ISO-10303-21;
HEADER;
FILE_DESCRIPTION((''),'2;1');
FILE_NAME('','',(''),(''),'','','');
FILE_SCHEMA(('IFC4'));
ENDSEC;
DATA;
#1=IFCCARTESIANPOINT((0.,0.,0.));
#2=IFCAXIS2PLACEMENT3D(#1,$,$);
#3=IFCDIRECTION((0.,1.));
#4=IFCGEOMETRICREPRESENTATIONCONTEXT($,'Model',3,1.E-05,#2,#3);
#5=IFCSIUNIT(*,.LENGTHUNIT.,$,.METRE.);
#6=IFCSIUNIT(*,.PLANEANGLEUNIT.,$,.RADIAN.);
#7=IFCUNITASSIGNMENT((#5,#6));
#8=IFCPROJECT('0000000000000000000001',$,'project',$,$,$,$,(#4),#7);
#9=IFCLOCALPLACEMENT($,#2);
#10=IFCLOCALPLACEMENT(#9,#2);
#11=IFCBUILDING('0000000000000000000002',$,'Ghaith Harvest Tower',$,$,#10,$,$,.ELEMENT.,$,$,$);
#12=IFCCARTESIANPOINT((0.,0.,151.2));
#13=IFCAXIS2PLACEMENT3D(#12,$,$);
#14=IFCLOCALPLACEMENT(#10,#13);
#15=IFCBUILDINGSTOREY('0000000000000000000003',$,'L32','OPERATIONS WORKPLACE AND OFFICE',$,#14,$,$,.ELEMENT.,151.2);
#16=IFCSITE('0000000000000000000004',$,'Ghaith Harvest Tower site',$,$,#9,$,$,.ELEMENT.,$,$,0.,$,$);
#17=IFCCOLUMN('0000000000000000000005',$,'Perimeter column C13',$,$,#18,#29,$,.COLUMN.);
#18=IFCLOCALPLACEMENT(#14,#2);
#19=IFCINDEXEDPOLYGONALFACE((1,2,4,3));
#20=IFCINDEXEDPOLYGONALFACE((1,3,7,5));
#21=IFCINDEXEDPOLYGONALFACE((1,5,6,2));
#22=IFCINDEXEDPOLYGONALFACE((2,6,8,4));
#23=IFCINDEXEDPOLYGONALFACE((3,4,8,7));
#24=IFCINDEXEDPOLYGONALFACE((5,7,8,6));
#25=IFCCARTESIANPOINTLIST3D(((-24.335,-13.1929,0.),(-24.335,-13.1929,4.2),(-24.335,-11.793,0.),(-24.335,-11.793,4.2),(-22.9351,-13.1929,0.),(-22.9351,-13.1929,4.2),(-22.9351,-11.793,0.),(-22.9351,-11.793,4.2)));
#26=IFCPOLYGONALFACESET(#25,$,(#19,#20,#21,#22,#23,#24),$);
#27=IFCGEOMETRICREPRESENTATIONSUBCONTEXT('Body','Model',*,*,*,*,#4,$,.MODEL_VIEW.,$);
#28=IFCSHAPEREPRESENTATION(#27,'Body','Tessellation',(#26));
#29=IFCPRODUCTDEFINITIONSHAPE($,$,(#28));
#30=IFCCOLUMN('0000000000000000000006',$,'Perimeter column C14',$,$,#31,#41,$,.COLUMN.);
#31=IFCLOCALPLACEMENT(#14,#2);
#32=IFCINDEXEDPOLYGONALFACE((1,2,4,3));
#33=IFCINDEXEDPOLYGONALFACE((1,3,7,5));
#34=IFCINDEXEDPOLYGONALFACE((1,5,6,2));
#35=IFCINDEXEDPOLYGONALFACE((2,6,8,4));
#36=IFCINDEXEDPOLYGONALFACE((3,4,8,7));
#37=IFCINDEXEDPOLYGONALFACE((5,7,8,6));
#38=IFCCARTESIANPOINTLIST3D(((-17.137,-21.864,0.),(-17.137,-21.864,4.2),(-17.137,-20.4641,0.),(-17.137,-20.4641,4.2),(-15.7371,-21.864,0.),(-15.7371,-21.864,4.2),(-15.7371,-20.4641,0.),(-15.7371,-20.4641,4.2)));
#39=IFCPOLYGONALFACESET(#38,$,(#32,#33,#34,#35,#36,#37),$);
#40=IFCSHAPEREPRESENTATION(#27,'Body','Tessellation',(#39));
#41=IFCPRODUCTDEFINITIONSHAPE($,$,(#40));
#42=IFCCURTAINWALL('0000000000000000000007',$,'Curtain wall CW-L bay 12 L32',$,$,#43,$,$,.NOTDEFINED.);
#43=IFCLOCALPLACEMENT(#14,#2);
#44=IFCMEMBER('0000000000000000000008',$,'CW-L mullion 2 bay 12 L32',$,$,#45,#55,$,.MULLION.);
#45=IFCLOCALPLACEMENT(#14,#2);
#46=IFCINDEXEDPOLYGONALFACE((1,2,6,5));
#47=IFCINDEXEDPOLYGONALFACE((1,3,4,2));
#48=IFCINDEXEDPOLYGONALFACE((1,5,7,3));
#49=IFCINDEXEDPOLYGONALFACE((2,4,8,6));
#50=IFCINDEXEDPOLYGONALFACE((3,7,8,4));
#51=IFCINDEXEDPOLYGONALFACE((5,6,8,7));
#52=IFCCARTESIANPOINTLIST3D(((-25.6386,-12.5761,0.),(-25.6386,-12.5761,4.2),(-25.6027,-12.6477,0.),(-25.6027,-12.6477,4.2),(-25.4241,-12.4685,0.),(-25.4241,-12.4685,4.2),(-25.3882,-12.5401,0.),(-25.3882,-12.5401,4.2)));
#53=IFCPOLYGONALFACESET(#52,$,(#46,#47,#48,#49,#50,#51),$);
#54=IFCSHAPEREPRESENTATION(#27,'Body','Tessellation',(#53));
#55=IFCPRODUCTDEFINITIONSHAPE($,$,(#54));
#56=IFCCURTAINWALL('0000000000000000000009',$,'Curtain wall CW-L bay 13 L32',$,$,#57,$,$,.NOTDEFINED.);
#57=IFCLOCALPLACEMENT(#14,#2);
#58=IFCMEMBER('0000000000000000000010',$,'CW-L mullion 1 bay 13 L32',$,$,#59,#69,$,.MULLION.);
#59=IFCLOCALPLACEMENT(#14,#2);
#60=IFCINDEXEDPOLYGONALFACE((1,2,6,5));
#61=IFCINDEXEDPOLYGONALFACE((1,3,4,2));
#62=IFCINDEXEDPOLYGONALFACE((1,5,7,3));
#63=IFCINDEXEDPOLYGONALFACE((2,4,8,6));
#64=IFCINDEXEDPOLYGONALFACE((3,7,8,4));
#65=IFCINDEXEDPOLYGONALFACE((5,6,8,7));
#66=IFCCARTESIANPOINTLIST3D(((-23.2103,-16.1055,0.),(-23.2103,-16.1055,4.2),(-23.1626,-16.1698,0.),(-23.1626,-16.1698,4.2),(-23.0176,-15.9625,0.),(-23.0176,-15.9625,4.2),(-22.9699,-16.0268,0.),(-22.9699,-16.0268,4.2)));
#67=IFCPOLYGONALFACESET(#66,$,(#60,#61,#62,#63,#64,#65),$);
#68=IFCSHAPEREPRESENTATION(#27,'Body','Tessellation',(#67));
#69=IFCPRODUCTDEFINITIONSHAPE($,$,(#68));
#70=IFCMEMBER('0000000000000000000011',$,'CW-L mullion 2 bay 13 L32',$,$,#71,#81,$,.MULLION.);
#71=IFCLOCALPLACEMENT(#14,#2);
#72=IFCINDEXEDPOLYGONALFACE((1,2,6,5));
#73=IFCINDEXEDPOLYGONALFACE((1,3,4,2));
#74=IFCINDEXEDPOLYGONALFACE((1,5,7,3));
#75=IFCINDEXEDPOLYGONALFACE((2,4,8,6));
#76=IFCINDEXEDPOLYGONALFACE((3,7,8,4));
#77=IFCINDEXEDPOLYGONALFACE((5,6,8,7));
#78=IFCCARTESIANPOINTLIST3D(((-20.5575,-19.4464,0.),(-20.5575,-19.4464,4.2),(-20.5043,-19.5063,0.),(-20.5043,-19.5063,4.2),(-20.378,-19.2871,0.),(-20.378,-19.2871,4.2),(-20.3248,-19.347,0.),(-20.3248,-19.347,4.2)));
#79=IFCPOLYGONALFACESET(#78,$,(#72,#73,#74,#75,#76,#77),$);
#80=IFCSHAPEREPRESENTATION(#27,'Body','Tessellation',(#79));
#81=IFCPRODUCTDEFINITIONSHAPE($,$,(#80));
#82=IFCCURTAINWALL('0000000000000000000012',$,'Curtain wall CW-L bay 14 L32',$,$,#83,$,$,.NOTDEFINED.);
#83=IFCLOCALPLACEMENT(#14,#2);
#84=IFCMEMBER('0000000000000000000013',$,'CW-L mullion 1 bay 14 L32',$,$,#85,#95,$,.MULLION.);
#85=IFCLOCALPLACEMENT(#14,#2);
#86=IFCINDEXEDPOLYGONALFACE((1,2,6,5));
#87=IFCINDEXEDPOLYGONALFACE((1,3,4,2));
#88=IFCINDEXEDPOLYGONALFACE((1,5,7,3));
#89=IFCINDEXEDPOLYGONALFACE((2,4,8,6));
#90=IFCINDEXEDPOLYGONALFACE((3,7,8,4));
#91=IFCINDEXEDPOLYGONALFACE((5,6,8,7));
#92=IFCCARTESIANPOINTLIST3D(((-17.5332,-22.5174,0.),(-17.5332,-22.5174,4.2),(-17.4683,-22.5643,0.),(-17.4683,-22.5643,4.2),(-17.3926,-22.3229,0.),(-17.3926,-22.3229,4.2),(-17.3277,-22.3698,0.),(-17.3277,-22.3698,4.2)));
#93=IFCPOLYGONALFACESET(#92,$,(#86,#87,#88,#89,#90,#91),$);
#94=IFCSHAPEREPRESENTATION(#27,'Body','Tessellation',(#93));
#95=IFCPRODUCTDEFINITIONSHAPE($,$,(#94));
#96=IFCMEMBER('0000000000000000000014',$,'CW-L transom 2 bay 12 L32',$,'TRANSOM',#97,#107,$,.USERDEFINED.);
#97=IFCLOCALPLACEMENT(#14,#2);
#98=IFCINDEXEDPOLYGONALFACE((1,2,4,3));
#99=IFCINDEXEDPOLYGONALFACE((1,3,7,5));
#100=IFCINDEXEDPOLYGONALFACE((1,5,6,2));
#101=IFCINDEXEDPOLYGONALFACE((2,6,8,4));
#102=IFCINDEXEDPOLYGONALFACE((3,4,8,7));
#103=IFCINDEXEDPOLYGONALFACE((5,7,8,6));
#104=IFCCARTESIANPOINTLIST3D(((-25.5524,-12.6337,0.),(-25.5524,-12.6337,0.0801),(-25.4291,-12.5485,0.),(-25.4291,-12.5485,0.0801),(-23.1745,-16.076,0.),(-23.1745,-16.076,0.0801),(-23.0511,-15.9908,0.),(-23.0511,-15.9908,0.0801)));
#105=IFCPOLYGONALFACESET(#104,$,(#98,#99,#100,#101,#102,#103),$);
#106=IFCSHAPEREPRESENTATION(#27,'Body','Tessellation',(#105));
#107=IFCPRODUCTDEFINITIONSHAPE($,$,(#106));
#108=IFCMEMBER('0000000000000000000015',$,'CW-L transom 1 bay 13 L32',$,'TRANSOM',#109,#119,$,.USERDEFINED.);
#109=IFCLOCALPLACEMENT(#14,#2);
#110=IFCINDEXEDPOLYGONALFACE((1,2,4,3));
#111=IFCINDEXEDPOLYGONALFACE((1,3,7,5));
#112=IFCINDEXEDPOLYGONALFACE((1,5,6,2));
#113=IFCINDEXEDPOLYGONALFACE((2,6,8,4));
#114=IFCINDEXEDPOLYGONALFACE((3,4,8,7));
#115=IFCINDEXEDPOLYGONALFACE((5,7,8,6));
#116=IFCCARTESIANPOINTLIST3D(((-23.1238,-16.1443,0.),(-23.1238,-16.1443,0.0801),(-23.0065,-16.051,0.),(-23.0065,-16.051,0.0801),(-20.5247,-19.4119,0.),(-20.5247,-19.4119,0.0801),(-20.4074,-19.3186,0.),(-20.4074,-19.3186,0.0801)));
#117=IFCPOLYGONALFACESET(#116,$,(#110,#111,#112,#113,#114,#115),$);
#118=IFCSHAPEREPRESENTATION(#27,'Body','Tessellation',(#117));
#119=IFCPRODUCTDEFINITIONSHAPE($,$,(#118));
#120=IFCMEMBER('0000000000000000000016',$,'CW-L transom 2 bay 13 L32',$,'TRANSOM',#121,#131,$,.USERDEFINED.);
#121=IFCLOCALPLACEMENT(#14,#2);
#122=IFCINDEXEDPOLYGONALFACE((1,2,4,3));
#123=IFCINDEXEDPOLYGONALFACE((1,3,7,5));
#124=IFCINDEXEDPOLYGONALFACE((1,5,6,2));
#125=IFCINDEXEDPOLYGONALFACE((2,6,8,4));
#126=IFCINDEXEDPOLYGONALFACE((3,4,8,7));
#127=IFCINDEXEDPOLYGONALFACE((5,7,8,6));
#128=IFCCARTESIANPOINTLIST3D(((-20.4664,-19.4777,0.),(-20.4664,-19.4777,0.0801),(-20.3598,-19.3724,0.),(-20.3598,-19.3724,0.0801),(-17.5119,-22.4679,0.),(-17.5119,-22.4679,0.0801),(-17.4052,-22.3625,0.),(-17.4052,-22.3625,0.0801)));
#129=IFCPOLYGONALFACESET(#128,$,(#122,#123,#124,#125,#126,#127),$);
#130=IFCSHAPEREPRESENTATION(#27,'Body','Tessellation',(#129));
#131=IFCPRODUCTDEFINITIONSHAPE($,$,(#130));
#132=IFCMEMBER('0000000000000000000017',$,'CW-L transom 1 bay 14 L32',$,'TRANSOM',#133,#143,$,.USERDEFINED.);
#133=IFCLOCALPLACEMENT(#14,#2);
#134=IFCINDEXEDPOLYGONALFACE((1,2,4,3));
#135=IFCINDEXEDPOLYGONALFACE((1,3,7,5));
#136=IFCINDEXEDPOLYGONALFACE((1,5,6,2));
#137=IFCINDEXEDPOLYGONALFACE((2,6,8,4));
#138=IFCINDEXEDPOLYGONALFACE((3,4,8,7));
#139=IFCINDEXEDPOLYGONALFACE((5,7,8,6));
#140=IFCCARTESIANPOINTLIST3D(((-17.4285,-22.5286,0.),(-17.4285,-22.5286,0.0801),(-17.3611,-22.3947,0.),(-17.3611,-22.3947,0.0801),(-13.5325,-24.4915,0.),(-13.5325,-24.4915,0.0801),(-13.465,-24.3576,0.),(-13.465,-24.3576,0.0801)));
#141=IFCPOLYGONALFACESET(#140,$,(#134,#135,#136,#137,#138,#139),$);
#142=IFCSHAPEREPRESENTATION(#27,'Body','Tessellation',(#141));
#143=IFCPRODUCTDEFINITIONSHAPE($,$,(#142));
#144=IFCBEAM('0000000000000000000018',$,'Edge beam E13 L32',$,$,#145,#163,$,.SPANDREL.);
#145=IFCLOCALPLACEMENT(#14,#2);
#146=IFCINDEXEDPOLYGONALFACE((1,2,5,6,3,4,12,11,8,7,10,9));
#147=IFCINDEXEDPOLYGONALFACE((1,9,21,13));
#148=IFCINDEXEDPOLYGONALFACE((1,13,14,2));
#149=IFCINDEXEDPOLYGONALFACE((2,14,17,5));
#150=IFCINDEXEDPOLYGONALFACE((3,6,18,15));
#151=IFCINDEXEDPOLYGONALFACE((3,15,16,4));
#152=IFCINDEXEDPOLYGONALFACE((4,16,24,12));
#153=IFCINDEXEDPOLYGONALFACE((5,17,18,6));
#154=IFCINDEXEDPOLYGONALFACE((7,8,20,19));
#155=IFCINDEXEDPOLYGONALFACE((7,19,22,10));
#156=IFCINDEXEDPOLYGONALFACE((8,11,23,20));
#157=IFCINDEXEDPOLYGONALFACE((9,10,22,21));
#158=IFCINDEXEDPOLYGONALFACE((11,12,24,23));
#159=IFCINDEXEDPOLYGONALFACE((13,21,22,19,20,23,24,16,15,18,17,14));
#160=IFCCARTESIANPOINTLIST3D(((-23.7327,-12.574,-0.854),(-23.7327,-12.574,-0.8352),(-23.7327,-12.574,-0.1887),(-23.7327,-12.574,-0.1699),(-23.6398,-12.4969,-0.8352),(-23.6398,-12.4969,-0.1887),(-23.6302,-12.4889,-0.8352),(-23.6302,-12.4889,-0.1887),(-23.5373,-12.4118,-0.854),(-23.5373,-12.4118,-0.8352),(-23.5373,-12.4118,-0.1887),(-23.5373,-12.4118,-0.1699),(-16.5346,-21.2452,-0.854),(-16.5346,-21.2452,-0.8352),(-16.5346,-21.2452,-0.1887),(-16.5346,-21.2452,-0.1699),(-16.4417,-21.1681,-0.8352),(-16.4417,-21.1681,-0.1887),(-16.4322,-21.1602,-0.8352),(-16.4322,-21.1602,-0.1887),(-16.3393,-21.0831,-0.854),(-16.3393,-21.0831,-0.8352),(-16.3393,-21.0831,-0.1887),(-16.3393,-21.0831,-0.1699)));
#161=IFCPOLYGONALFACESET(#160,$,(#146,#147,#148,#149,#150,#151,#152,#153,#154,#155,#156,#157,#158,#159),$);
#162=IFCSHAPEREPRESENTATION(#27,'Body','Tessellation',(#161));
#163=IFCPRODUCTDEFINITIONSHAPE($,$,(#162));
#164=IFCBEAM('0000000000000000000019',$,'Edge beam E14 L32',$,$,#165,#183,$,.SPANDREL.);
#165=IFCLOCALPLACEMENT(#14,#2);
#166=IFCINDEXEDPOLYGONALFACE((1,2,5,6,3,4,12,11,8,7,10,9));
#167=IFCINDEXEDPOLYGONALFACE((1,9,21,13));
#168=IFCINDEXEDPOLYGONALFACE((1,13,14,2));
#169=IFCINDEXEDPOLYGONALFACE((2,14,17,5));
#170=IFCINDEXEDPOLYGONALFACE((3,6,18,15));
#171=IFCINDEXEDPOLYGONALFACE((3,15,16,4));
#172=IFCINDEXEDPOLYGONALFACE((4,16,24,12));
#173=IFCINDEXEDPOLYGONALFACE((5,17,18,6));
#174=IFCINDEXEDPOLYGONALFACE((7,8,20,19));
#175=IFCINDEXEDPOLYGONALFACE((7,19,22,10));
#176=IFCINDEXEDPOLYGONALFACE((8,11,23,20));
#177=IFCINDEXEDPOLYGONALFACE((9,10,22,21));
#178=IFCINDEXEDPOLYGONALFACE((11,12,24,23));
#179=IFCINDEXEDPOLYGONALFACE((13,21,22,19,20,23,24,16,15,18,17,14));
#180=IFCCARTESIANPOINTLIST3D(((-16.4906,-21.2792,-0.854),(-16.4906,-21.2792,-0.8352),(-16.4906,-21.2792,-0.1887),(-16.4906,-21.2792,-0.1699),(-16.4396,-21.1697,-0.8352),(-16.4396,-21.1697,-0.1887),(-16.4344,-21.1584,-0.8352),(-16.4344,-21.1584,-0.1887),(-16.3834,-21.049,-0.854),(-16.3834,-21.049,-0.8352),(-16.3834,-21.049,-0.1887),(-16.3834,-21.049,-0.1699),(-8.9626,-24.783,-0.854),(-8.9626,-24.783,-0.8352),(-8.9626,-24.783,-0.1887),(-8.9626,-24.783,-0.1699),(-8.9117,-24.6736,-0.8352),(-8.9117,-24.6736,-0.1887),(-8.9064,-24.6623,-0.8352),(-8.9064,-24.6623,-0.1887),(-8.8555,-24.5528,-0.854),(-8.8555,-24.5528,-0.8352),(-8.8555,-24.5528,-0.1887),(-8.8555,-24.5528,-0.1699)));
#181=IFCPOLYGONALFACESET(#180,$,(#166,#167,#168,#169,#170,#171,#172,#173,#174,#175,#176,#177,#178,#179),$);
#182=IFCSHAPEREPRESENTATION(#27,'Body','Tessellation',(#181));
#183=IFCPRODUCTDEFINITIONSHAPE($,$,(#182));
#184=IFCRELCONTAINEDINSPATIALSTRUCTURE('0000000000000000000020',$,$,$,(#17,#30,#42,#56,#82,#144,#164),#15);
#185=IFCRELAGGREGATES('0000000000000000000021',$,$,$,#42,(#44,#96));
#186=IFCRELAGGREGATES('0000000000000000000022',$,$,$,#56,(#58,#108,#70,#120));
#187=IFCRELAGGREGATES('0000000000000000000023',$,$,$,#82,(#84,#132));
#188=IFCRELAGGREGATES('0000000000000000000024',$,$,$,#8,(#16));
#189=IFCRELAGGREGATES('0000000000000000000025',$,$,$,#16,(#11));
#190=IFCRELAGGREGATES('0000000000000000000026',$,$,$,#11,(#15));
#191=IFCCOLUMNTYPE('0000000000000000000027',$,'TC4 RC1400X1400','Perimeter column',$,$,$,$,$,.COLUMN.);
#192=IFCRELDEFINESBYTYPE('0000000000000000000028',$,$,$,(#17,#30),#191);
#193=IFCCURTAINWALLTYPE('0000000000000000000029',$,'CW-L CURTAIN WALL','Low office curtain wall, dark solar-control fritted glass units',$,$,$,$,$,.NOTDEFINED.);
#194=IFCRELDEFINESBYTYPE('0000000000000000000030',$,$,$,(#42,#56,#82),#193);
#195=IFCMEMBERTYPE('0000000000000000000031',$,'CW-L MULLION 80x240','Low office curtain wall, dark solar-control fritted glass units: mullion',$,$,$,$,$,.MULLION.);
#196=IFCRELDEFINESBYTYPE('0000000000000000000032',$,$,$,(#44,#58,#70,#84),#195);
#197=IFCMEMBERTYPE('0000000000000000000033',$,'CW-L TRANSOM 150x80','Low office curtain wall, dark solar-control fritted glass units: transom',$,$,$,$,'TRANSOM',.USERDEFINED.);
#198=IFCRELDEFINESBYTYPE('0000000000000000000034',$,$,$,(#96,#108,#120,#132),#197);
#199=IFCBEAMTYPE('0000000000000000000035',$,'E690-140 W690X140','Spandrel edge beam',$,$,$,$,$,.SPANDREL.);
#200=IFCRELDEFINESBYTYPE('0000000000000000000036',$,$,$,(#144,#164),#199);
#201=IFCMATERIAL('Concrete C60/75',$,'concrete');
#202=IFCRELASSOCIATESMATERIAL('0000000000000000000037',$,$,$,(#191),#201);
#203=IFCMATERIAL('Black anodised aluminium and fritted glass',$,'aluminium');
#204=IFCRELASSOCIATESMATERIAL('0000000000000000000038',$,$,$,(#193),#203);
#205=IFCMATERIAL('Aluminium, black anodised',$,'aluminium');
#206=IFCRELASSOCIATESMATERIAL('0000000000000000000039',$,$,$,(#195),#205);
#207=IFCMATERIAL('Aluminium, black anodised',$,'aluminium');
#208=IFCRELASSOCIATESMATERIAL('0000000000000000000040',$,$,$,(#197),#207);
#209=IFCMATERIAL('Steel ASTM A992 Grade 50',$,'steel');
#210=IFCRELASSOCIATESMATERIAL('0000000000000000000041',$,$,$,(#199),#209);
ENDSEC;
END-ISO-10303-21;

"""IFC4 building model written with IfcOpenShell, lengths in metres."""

from ifc_helpers import new_model, si_unit, direction, frame, origin, origin_2d, place, context, subcontext, project, spatial, rectangle, i_section, extrude, material, material_profile, profile_set, type_object, element, aggregate, save


model = new_model("IFC4")

# Units and contexts
model_context = context("Model", 3, precision=1e-05, world=origin(), true_north=direction((0.0, 1.0)))
body_context = subcontext(model_context, "Body", "Model", "MODEL_VIEW")
ifc_project = project(units=[si_unit("LENGTHUNIT", "METRE"), si_unit("PLANEANGLEUNIT", "RADIAN")], contexts=[model_context])

# Site, building, storey
site_placement = place(None, origin())
site = spatial("IfcSite", under=ifc_project, at=site_placement, Name="Ghaith Harvest Tower site", CompositionType="ELEMENT", RefElevation=0.0)
building_placement = place(site_placement, origin())
building = spatial("IfcBuilding", under=site, at=building_placement, Name="Ghaith Harvest Tower", CompositionType="ELEMENT")
storey_placement = place(building_placement, frame((0.0, 0.0, 151.2)))
storey = spatial("IfcBuildingStorey", under=building, at=storey_placement, Name="L32", Description="OPERATIONS WORKPLACE AND OFFICE", CompositionType="ELEMENT", Elevation=151.2)

# Columns
ifc_material_1 = material(Name="Concrete C60/75", Category="concrete")
ifc_material_profile_1 = material_profile(ifc_material_1, rectangle(XDim=1.3999, YDim=1.3999, at=origin_2d()), Name="RC1400X1400")
ifc_profile_set_1 = profile_set([ifc_material_profile_1], Name="Concrete C60/75")
column_type = type_object("IfcColumnType", Name="TC4 RC1400X1400", Description="Perimeter column", PredefinedType="COLUMN", material=ifc_profile_set_1)
for number, where, z_axis, x_axis, name in (
    (1, (-23.635, -12.4929, 0.0), (0.0, 0.0, 1.0), (1.0, 0.0, 0.0), "Perimeter column C13"),
    (2, (-16.437, -21.1641, 0.0), (0.0, 0.0, 1.0), (1.0, 0.0, 0.0), "Perimeter column C14"),
):
    element("IfcColumn", number, at=place(storey_placement, frame(where, z_axis=z_axis, x_axis=x_axis)), inside=storey, type_object=column_type, Name=name, PredefinedType="COLUMN", context=body_context, shape_type="SweptSolid", body=[
        extrude(rectangle(XDim=1.3999, YDim=1.3999, at=origin_2d()), origin(), (0.0, 0.0, 1.0), 4.2),
    ])

# Curtain wall, member
ifc_material_2 = material(Name="Black anodised aluminium and fritted glass", Category="aluminium")
curtain_wall_type = type_object("IfcCurtainWallType", Name="CW-L CURTAIN WALL", Description="Low office curtain wall, dark solar-control fritted glass units", PredefinedType="NOTDEFINED", material=ifc_material_2)
curtain_wall_1_placement = place(storey_placement, origin())
curtain_wall_1 = element("IfcCurtainWall", 3, at=curtain_wall_1_placement, inside=storey, type_object=curtain_wall_type, Name="Curtain wall CW-L bay 12 L32", PredefinedType="NOTDEFINED")
ifc_material_3 = material(Name="Aluminium, black anodised", Category="aluminium")
ifc_material_profile_2 = material_profile(ifc_material_3, rectangle(XDim=0.0801, YDim=0.24, at=origin_2d()), Name="CW-L MULLION 80x240")
ifc_profile_set_2 = profile_set([ifc_material_profile_2], Name="Aluminium, black anodised")
member_type_1 = type_object("IfcMemberType", Name="CW-L MULLION 80x240", Description="Low office curtain wall, dark solar-control fritted glass units: mullion", PredefinedType="MULLION", material=ifc_profile_set_2)
member_1_placement = place(storey_placement, frame((-25.5134, -12.5581, 0.0), z_axis=(0.0, 0.0, 1.0), x_axis=(0.448267, -0.8939, 0.0)))
member_1 = element("IfcMember", 4, at=member_1_placement, type_object=member_type_1, Name="CW-L mullion 2 bay 12 L32", PredefinedType="MULLION", context=body_context, shape_type="SweptSolid", body=[
    extrude(rectangle(XDim=0.0801, YDim=0.24, at=origin_2d()), origin(), (0.0, 0.0, 1.0), 4.2),
])

# Curtain wall, members
curtain_wall_2_placement = place(storey_placement, origin())
curtain_wall_2 = element("IfcCurtainWall", 5, at=curtain_wall_2_placement, inside=storey, type_object=curtain_wall_type, Name="Curtain wall CW-L bay 13 L32", PredefinedType="NOTDEFINED")
member_2_placement = place(storey_placement, frame((-23.0901, -16.0662, 0.0), z_axis=(0.0, 0.0, 1.0), x_axis=(0.59574, -0.803177, 0.0)))
member_2 = element("IfcMember", 6, at=member_2_placement, type_object=member_type_1, Name="CW-L mullion 1 bay 13 L32", PredefinedType="MULLION", context=body_context, shape_type="SweptSolid", body=[
    extrude(rectangle(XDim=0.0801, YDim=0.24, at=origin_2d()), origin(), (0.0, 0.0, 1.0), 4.2),
])
member_3_placement = place(storey_placement, frame((-20.4412, -19.3967, 0.0), z_axis=(0.0, 0.0, 1.0), x_axis=(0.663765, -0.747941, 0.0)))
member_3 = element("IfcMember", 7, at=member_3_placement, type_object=member_type_1, Name="CW-L mullion 2 bay 13 L32", PredefinedType="MULLION", context=body_context, shape_type="SweptSolid", body=[
    extrude(rectangle(XDim=0.0801, YDim=0.24, at=origin_2d()), origin(), (0.0, 0.0, 1.0), 4.2),
])

# Curtain wall, member
curtain_wall_3_placement = place(storey_placement, origin())
curtain_wall_3 = element("IfcCurtainWall", 8, at=curtain_wall_3_placement, inside=storey, type_object=curtain_wall_type, Name="Curtain wall CW-L bay 14 L32", PredefinedType="NOTDEFINED")
member_4_placement = place(storey_placement, frame((-17.4304, -22.4436, 0.0), z_axis=(0.0, 0.0, 1.0), x_axis=(0.810339, -0.585961, 0.0)))
member_4 = element("IfcMember", 9, at=member_4_placement, type_object=member_type_1, Name="CW-L mullion 1 bay 14 L32", PredefinedType="MULLION", context=body_context, shape_type="SweptSolid", body=[
    extrude(rectangle(XDim=0.0801, YDim=0.24, at=origin_2d()), origin(), (0.0, 0.0, 1.0), 4.2),
])

# Members
ifc_material_4 = material(Name="Aluminium, black anodised", Category="aluminium")
ifc_material_profile_3 = material_profile(ifc_material_4, rectangle(XDim=0.1499, YDim=0.0801, at=origin_2d()), Name="CW-L TRANSOM 150x80")
ifc_profile_set_3 = profile_set([ifc_material_profile_3], Name="Aluminium, black anodised")
member_type_2 = type_object("IfcMemberType", Name="CW-L TRANSOM 150x80", Description="Low office curtain wall, dark solar-control fritted glass units: transom", ElementType="TRANSOM", PredefinedType="USERDEFINED", material=ifc_profile_set_3)
member_5_placement = place(storey_placement, frame((-25.4907, -12.5911, 0.04), z_axis=(0.56836, -0.82278, 0.0), x_axis=(0.82278, 0.56836, 0.0)))
member_5 = element("IfcMember", 10, at=member_5_placement, type_object=member_type_2, Name="CW-L transom 2 bay 12 L32", ObjectType="TRANSOM", PredefinedType="USERDEFINED", context=body_context, shape_type="SweptSolid", body=[
    extrude(rectangle(XDim=0.1499, YDim=0.0801, at=origin_2d()), origin(), (0.0, 0.0, 1.0), 4.1838),
])
member_6_placement = place(storey_placement, frame((-23.0652, -16.0977, 0.04), z_axis=(0.622511, -0.782611, 0.0), x_axis=(0.782611, 0.622511, 0.0)))
member_6 = element("IfcMember", 11, at=member_6_placement, type_object=member_type_2, Name="CW-L transom 1 bay 13 L32", ObjectType="TRANSOM", PredefinedType="USERDEFINED", context=body_context, shape_type="SweptSolid", body=[
    extrude(rectangle(XDim=0.1499, YDim=0.0801, at=origin_2d()), origin(), (0.0, 0.0, 1.0), 4.1753),
])
member_7_placement = place(storey_placement, frame((-20.4131, -19.425, 0.04), z_axis=(0.702854, -0.711334, 0.0), x_axis=(0.711334, 0.702854, 0.0)))
member_7 = element("IfcMember", 12, at=member_7_placement, type_object=member_type_2, Name="CW-L transom 2 bay 13 L32", ObjectType="TRANSOM", PredefinedType="USERDEFINED", context=body_context, shape_type="SweptSolid", body=[
    extrude(rectangle(XDim=0.1499, YDim=0.0801, at=origin_2d()), origin(), (0.0, 0.0, 1.0), 4.2036),
])
member_8_placement = place(storey_placement, frame((-17.3948, -22.4617, 0.04), z_axis=(0.893058, -0.449943, 0.0), x_axis=(0.449943, 0.893058, 0.0)))
member_8 = element("IfcMember", 13, at=member_8_placement, type_object=member_type_2, Name="CW-L transom 1 bay 14 L32", ObjectType="TRANSOM", PredefinedType="USERDEFINED", context=body_context, shape_type="SweptSolid", body=[
    extrude(rectangle(XDim=0.1499, YDim=0.0801, at=origin_2d()), origin(), (0.0, 0.0, 1.0), 4.3625),
])

# Beams
ifc_material_5 = material(Name="Steel ASTM A992 Grade 50", Category="steel")
ifc_material_profile_4 = material_profile(ifc_material_5, i_section(OverallWidth=0.2539, OverallDepth=0.6841, WebThickness=0.0125, FlangeThickness=0.0188, at=origin_2d()), Name="W690X140")
ifc_profile_set_4 = profile_set([ifc_material_profile_4], Name="Steel ASTM A992 Grade 50")
beam_type = type_object("IfcBeamType", Name="E690-140 W690X140", Description="Spandrel edge beam", PredefinedType="SPANDREL", material=ifc_profile_set_4)
beam_1_placement = place(storey_placement, frame((-23.635, -12.4929, -0.512), z_axis=(0.638719, -0.76944, 0.0), x_axis=(0.76944, 0.638719, 0.0)))
element("IfcBeam", 14, at=beam_1_placement, inside=storey, type_object=beam_type, Name="Edge beam E13 L32", PredefinedType="SPANDREL", context=body_context, shape_type="SweptSolid", body=[
    extrude(i_section(OverallWidth=0.2539, OverallDepth=0.6841, WebThickness=0.0125, FlangeThickness=0.0188, at=origin_2d()), origin(), (0.0, 0.0, 1.0), 11.2695),
])
beam_2_placement = place(storey_placement, frame((-16.437, -21.1641, -0.512), z_axis=(0.906607, -0.421976, 0.0), x_axis=(0.421976, 0.906607, 0.0)))
element("IfcBeam", 15, at=beam_2_placement, inside=storey, type_object=beam_type, Name="Edge beam E14 L32", PredefinedType="SPANDREL", context=body_context, shape_type="SweptSolid", body=[
    extrude(i_section(OverallWidth=0.2539, OverallDepth=0.6841, WebThickness=0.0125, FlangeThickness=0.0188, at=origin_2d()), origin(), (0.0, 0.0, 1.0), 8.3035),
])

aggregate(curtain_wall_1, [member_1, member_5])
aggregate(curtain_wall_2, [member_2, member_6, member_3, member_7])
aggregate(curtain_wall_3, [member_4, member_8])

save(model, "model.ifc")
